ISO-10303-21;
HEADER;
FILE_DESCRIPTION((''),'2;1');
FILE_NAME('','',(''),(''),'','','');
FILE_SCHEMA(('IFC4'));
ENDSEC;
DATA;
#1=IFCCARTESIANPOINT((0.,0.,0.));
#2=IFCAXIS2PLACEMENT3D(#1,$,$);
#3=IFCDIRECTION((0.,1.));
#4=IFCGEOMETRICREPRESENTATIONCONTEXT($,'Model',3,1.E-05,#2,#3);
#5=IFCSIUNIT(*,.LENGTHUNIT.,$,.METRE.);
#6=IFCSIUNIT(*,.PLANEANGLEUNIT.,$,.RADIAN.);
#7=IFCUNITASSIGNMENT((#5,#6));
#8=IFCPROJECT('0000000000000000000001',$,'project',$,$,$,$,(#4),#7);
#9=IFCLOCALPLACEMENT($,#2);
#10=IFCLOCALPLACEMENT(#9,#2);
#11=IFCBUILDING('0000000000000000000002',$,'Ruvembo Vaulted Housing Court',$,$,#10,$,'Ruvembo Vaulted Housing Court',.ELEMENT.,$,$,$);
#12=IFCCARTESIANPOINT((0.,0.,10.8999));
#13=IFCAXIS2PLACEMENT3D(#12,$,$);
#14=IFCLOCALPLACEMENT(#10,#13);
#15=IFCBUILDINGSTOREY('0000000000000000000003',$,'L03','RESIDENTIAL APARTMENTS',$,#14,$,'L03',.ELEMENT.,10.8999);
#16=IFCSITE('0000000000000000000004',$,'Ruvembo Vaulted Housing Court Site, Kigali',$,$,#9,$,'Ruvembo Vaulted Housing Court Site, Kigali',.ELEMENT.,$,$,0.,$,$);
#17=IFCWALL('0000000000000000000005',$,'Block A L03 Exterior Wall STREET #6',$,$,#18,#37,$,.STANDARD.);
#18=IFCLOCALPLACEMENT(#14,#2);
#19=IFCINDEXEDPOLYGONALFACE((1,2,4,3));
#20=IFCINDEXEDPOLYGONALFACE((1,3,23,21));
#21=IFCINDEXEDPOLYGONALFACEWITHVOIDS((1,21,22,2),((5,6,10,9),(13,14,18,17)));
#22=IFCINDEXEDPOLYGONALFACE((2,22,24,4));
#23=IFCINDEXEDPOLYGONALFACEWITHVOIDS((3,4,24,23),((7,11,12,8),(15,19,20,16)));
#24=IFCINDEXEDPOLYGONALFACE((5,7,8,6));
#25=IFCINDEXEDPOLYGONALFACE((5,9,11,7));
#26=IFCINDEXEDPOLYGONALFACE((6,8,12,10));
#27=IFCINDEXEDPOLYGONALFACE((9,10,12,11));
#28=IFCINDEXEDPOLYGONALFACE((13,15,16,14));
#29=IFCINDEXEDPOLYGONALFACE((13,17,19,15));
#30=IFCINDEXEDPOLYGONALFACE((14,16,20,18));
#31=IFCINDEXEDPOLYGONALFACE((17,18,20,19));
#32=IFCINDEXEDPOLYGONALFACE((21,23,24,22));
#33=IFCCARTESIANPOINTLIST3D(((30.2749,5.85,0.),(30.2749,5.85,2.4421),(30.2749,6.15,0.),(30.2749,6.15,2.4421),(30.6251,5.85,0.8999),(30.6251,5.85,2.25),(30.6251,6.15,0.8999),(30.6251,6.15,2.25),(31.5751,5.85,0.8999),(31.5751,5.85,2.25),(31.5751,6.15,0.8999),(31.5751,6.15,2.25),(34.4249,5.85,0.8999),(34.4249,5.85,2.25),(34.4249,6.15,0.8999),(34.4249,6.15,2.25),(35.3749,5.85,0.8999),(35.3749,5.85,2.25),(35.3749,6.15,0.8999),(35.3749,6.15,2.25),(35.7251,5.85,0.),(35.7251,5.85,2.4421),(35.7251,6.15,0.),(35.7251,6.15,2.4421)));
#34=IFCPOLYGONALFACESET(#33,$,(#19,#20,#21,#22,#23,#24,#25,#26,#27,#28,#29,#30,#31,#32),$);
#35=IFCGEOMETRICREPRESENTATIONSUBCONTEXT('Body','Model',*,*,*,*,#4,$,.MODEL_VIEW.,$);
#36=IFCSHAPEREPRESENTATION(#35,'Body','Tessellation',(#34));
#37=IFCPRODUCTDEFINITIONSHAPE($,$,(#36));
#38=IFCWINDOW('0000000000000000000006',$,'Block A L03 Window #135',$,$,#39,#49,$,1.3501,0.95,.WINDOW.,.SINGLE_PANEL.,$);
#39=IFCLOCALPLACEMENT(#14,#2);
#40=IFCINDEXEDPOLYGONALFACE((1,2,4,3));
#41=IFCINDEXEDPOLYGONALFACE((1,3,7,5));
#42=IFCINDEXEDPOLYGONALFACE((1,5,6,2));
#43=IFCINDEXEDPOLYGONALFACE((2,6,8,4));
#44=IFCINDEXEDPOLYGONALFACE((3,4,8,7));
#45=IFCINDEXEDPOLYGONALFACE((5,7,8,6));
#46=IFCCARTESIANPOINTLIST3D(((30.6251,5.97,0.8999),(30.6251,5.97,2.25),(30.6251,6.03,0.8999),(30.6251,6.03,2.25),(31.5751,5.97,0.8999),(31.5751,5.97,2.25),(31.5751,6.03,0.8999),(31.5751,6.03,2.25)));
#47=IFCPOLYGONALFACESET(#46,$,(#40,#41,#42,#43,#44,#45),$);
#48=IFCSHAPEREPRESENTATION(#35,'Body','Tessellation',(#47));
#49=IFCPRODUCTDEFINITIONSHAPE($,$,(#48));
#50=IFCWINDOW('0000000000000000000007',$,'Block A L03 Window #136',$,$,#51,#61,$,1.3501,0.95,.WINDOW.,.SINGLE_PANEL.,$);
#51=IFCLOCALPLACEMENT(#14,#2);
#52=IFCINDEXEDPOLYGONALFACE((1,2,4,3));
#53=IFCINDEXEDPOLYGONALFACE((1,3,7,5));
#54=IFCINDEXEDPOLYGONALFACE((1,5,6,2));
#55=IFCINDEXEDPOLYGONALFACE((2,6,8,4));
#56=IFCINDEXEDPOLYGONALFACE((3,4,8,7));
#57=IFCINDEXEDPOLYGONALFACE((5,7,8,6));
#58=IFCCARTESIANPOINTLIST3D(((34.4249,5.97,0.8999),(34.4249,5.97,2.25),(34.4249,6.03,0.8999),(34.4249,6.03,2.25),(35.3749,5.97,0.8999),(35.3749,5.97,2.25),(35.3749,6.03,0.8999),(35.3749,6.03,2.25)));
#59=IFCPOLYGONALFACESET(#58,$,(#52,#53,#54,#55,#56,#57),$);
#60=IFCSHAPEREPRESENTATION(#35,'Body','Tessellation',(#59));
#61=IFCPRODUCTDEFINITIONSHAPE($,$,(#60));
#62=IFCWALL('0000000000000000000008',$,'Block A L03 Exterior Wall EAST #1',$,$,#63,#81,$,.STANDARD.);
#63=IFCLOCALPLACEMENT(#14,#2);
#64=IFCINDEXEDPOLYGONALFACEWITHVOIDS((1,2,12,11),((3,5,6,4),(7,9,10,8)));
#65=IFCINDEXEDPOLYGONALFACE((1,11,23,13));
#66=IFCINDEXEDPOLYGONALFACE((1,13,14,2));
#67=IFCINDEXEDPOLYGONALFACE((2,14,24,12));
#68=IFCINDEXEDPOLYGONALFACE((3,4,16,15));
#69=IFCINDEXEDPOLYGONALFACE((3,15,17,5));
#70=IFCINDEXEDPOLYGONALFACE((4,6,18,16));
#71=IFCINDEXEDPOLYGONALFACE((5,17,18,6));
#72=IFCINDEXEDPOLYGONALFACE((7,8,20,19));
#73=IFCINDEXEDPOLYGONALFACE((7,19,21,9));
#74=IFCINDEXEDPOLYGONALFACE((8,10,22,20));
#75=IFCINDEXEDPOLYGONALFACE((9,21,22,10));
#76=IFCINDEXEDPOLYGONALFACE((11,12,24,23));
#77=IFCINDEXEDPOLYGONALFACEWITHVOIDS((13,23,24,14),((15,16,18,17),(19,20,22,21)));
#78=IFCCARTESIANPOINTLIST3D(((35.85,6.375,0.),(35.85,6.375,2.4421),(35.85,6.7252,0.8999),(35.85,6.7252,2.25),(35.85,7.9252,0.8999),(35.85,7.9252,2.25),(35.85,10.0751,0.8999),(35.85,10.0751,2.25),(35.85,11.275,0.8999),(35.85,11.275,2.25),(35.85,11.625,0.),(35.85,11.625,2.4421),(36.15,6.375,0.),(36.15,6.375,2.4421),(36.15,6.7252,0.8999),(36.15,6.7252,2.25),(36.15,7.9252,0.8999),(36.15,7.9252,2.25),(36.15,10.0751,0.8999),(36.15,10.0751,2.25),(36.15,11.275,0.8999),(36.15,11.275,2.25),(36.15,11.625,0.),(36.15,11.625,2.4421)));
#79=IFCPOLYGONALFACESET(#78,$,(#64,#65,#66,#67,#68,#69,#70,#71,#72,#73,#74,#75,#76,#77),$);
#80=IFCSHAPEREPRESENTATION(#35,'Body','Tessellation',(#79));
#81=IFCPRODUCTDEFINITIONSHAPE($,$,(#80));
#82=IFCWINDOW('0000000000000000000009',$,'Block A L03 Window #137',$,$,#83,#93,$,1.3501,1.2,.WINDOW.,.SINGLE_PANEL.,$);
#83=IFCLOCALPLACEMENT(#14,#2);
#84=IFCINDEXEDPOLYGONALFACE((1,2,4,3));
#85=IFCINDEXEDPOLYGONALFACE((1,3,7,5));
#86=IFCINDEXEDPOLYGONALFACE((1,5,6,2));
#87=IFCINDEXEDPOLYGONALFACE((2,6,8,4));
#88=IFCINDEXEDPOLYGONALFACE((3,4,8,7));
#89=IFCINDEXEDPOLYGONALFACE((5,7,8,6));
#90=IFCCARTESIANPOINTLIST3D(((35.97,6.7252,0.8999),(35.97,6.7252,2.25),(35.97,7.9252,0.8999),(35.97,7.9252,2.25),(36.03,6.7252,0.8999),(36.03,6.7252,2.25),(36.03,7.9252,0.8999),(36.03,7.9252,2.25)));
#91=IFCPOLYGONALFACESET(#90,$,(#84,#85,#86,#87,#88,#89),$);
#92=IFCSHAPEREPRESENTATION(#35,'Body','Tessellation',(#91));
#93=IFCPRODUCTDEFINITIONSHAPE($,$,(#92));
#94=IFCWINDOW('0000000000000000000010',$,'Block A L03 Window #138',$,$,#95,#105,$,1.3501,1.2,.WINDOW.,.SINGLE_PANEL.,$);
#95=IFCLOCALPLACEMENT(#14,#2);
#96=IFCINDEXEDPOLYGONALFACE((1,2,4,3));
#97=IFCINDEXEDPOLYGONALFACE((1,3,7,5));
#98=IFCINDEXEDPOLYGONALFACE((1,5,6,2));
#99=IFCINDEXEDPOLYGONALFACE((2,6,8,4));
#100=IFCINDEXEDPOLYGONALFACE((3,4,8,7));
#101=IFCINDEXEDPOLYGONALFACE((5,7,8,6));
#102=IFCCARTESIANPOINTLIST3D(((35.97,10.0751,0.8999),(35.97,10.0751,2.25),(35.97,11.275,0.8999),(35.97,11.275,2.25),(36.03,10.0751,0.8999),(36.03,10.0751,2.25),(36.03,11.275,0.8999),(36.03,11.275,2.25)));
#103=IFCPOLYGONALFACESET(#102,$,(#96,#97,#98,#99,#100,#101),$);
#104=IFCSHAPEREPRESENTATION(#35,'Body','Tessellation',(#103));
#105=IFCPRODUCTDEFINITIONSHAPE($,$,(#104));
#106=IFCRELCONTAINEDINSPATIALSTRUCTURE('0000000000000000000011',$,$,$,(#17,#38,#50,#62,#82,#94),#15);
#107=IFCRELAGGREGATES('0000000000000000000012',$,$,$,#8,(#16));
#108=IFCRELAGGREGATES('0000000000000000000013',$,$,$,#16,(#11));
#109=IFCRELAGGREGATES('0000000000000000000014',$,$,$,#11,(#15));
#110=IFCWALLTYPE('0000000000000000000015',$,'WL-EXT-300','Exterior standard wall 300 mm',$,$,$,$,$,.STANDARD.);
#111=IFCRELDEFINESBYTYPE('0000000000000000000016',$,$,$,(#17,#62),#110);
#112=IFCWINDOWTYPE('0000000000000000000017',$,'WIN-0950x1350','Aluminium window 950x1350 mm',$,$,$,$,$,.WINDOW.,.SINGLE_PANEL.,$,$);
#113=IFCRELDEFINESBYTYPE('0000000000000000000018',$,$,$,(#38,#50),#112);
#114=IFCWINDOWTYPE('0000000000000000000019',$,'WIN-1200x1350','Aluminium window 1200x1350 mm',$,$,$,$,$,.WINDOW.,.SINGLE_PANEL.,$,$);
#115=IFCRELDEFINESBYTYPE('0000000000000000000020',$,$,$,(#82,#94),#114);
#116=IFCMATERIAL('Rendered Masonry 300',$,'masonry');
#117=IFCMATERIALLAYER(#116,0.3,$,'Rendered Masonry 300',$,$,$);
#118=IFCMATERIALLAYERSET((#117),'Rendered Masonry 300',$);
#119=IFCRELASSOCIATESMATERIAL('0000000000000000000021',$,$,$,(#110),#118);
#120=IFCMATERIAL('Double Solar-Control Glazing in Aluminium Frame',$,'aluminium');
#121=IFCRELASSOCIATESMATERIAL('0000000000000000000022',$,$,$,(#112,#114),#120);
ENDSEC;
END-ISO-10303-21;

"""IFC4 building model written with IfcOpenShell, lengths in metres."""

from ifc_helpers import new_model, si_unit, direction, frame, frame_2d, origin, place, context, subcontext, project, spatial, rectangle, extrude, material, layer, layer_set, type_object, element, fill, save


model = new_model("IFC4")

# Units and contexts
model_context = context("Model", 3, precision=1e-05, world=origin(), true_north=direction((0.0, 1.0)))
body_context = subcontext(model_context, "Body", "Model", "MODEL_VIEW")
ifc_project = project(units=[si_unit("LENGTHUNIT", "METRE"), si_unit("PLANEANGLEUNIT", "RADIAN")], contexts=[model_context])

# Site, building, storey
site_placement = place(None, origin())
site = spatial("IfcSite", under=ifc_project, at=site_placement, Name="Ruvembo Vaulted Housing Court Site, Kigali", LongName="Ruvembo Vaulted Housing Court Site, Kigali", CompositionType="ELEMENT", RefElevation=0.0)
building_placement = place(site_placement, origin())
building = spatial("IfcBuilding", under=site, at=building_placement, Name="Ruvembo Vaulted Housing Court", LongName="Ruvembo Vaulted Housing Court", CompositionType="ELEMENT")
storey_placement = place(building_placement, frame((0.0, 0.0, 10.8999)))
storey = spatial("IfcBuildingStorey", under=building, at=storey_placement, Name="L03", Description="RESIDENTIAL APARTMENTS", LongName="L03", CompositionType="ELEMENT", Elevation=10.8999)

# Walls, openings, windows
ifc_material_1 = material(Name="Rendered Masonry 300", Category="masonry")
ifc_layer_1 = layer(ifc_material_1, 0.3, Name="Rendered Masonry 300")
ifc_layer_set_1 = layer_set([ifc_layer_1], Name="Rendered Masonry 300")
wall_type = type_object("IfcWallType", Name="WL-EXT-300", Description="Exterior standard wall 300 mm", PredefinedType="STANDARD", material=ifc_layer_set_1)
wall_1_placement = place(storey_placement, frame((30.2749, 6.0, 0.0), z_axis=(0.0, 0.0, 1.0), x_axis=(1.0, 0.0, 0.0)))
wall_1 = element("IfcWall", 1, at=wall_1_placement, inside=storey, type_object=wall_type, Name="Block A L03 Exterior Wall STREET #6", PredefinedType="STANDARD", context=body_context, shape_type="SweptSolid", body=[
    extrude(rectangle(XDim=5.4502, YDim=0.3, at=frame_2d((2.7251, 0.0))), origin(), (0.0, 0.0, 1.0), 2.4421),
])
opening_1_placement = place(wall_1_placement, frame((0.3501, 0.0, 0.8999)))
opening_1 = element("IfcOpeningElement", 2, at=opening_1_placement, cuts=wall_1, PredefinedType="OPENING", context=body_context, shape_type="SweptSolid", body=[
    extrude(rectangle(XDim=0.95, YDim=1.3501, at=frame_2d((0.4751, 0.675))), frame((0.0, 0.1599, 0.0), z_axis=(0.0, -1.0, 0.0), x_axis=(1.0, 0.0, 0.0)), (0.0, 0.0, 1.0), 0.3201),
])
opening_2_placement = place(wall_1_placement, frame((4.1499, 0.0, 0.8999)))
opening_2 = element("IfcOpeningElement", 3, at=opening_2_placement, cuts=wall_1, PredefinedType="OPENING", context=body_context, shape_type="SweptSolid", body=[
    extrude(rectangle(XDim=0.95, YDim=1.3501, at=frame_2d((0.4751, 0.675))), frame((0.0, 0.1599, 0.0), z_axis=(0.0, -1.0, 0.0), x_axis=(1.0, 0.0, 0.0)), (0.0, 0.0, 1.0), 0.3201),
])
ifc_material_2 = material(Name="Double Solar-Control Glazing in Aluminium Frame", Category="aluminium")
window_type_1 = type_object("IfcWindowType", Name="WIN-0950x1350", Description="Aluminium window 950x1350 mm", PartitioningType="SINGLE_PANEL", PredefinedType="WINDOW", material=ifc_material_2)
window_1_placement = place(opening_1_placement, origin())
window_1 = element("IfcWindow", 4, at=window_1_placement, inside=storey, type_object=window_type_1, Name="Block A L03 Window #135", OverallHeight=1.3501, OverallWidth=0.95, PartitioningType="SINGLE_PANEL", PredefinedType="WINDOW", context=body_context, shape_type="SweptSolid", body=[
    extrude(rectangle(XDim=0.95, YDim=1.3501, at=frame_2d((0.4751, 0.675))), frame((0.0, 0.03, 0.0), z_axis=(0.0, -1.0, 0.0), x_axis=(1.0, 0.0, 0.0)), (0.0, 0.0, 1.0), 0.0601),
])
fill(opening_1, window_1)
window_2_placement = place(opening_2_placement, origin())
window_2 = element("IfcWindow", 5, at=window_2_placement, inside=storey, type_object=window_type_1, Name="Block A L03 Window #136", OverallHeight=1.3501, OverallWidth=0.95, PartitioningType="SINGLE_PANEL", PredefinedType="WINDOW", context=body_context, shape_type="SweptSolid", body=[
    extrude(rectangle(XDim=0.95, YDim=1.3501, at=frame_2d((0.4751, 0.675))), frame((0.0, 0.03, 0.0), z_axis=(0.0, -1.0, 0.0), x_axis=(1.0, 0.0, 0.0)), (0.0, 0.0, 1.0), 0.0601),
])
fill(opening_2, window_2)
wall_2_placement = place(storey_placement, frame((36.0, 6.375, 0.0), z_axis=(0.0, 0.0, 1.0), x_axis=(0.0, 1.0, 0.0)))
wall_2 = element("IfcWall", 6, at=wall_2_placement, inside=storey, type_object=wall_type, Name="Block A L03 Exterior Wall EAST #1", PredefinedType="STANDARD", context=body_context, shape_type="SweptSolid", body=[
    extrude(rectangle(XDim=5.25, YDim=0.3, at=frame_2d((2.625, 0.0))), origin(), (0.0, 0.0, 1.0), 2.4421),
])
opening_3_placement = place(wall_2_placement, frame((0.3501, 0.0, 0.8999)))
opening_3 = element("IfcOpeningElement", 7, at=opening_3_placement, cuts=wall_2, PredefinedType="OPENING", context=body_context, shape_type="SweptSolid", body=[
    extrude(rectangle(XDim=1.2, YDim=1.3501, at=frame_2d((0.6001, 0.675))), frame((0.0, 0.1599, 0.0), z_axis=(0.0, -1.0, 0.0), x_axis=(1.0, 0.0, 0.0)), (0.0, 0.0, 1.0), 0.3201),
])
opening_4_placement = place(wall_2_placement, frame((3.7, 0.0, 0.8999)))
opening_4 = element("IfcOpeningElement", 8, at=opening_4_placement, cuts=wall_2, PredefinedType="OPENING", context=body_context, shape_type="SweptSolid", body=[
    extrude(rectangle(XDim=1.2, YDim=1.3501, at=frame_2d((0.6001, 0.675))), frame((0.0, 0.1599, 0.0), z_axis=(0.0, -1.0, 0.0), x_axis=(1.0, 0.0, 0.0)), (0.0, 0.0, 1.0), 0.3201),
])
window_type_2 = type_object("IfcWindowType", Name="WIN-1200x1350", Description="Aluminium window 1200x1350 mm", PartitioningType="SINGLE_PANEL", PredefinedType="WINDOW", material=ifc_material_2)
window_3_placement = place(opening_3_placement, origin())
window_3 = element("IfcWindow", 9, at=window_3_placement, inside=storey, type_object=window_type_2, Name="Block A L03 Window #137", OverallHeight=1.3501, OverallWidth=1.2, PartitioningType="SINGLE_PANEL", PredefinedType="WINDOW", context=body_context, shape_type="SweptSolid", body=[
    extrude(rectangle(XDim=1.2, YDim=1.3501, at=frame_2d((0.6001, 0.675))), frame((0.0, 0.03, 0.0), z_axis=(0.0, -1.0, 0.0), x_axis=(1.0, 0.0, 0.0)), (0.0, 0.0, 1.0), 0.0601),
])
fill(opening_3, window_3)
window_4_placement = place(opening_4_placement, origin())
window_4 = element("IfcWindow", 10, at=window_4_placement, inside=storey, type_object=window_type_2, Name="Block A L03 Window #138", OverallHeight=1.3501, OverallWidth=1.2, PartitioningType="SINGLE_PANEL", PredefinedType="WINDOW", context=body_context, shape_type="SweptSolid", body=[
    extrude(rectangle(XDim=1.2, YDim=1.3501, at=frame_2d((0.6001, 0.675))), frame((0.0, 0.03, 0.0), z_axis=(0.0, -1.0, 0.0), x_axis=(1.0, 0.0, 0.0)), (0.0, 0.0, 1.0), 0.0601),
])
fill(opening_4, window_4)

save(model, "model.ifc")
